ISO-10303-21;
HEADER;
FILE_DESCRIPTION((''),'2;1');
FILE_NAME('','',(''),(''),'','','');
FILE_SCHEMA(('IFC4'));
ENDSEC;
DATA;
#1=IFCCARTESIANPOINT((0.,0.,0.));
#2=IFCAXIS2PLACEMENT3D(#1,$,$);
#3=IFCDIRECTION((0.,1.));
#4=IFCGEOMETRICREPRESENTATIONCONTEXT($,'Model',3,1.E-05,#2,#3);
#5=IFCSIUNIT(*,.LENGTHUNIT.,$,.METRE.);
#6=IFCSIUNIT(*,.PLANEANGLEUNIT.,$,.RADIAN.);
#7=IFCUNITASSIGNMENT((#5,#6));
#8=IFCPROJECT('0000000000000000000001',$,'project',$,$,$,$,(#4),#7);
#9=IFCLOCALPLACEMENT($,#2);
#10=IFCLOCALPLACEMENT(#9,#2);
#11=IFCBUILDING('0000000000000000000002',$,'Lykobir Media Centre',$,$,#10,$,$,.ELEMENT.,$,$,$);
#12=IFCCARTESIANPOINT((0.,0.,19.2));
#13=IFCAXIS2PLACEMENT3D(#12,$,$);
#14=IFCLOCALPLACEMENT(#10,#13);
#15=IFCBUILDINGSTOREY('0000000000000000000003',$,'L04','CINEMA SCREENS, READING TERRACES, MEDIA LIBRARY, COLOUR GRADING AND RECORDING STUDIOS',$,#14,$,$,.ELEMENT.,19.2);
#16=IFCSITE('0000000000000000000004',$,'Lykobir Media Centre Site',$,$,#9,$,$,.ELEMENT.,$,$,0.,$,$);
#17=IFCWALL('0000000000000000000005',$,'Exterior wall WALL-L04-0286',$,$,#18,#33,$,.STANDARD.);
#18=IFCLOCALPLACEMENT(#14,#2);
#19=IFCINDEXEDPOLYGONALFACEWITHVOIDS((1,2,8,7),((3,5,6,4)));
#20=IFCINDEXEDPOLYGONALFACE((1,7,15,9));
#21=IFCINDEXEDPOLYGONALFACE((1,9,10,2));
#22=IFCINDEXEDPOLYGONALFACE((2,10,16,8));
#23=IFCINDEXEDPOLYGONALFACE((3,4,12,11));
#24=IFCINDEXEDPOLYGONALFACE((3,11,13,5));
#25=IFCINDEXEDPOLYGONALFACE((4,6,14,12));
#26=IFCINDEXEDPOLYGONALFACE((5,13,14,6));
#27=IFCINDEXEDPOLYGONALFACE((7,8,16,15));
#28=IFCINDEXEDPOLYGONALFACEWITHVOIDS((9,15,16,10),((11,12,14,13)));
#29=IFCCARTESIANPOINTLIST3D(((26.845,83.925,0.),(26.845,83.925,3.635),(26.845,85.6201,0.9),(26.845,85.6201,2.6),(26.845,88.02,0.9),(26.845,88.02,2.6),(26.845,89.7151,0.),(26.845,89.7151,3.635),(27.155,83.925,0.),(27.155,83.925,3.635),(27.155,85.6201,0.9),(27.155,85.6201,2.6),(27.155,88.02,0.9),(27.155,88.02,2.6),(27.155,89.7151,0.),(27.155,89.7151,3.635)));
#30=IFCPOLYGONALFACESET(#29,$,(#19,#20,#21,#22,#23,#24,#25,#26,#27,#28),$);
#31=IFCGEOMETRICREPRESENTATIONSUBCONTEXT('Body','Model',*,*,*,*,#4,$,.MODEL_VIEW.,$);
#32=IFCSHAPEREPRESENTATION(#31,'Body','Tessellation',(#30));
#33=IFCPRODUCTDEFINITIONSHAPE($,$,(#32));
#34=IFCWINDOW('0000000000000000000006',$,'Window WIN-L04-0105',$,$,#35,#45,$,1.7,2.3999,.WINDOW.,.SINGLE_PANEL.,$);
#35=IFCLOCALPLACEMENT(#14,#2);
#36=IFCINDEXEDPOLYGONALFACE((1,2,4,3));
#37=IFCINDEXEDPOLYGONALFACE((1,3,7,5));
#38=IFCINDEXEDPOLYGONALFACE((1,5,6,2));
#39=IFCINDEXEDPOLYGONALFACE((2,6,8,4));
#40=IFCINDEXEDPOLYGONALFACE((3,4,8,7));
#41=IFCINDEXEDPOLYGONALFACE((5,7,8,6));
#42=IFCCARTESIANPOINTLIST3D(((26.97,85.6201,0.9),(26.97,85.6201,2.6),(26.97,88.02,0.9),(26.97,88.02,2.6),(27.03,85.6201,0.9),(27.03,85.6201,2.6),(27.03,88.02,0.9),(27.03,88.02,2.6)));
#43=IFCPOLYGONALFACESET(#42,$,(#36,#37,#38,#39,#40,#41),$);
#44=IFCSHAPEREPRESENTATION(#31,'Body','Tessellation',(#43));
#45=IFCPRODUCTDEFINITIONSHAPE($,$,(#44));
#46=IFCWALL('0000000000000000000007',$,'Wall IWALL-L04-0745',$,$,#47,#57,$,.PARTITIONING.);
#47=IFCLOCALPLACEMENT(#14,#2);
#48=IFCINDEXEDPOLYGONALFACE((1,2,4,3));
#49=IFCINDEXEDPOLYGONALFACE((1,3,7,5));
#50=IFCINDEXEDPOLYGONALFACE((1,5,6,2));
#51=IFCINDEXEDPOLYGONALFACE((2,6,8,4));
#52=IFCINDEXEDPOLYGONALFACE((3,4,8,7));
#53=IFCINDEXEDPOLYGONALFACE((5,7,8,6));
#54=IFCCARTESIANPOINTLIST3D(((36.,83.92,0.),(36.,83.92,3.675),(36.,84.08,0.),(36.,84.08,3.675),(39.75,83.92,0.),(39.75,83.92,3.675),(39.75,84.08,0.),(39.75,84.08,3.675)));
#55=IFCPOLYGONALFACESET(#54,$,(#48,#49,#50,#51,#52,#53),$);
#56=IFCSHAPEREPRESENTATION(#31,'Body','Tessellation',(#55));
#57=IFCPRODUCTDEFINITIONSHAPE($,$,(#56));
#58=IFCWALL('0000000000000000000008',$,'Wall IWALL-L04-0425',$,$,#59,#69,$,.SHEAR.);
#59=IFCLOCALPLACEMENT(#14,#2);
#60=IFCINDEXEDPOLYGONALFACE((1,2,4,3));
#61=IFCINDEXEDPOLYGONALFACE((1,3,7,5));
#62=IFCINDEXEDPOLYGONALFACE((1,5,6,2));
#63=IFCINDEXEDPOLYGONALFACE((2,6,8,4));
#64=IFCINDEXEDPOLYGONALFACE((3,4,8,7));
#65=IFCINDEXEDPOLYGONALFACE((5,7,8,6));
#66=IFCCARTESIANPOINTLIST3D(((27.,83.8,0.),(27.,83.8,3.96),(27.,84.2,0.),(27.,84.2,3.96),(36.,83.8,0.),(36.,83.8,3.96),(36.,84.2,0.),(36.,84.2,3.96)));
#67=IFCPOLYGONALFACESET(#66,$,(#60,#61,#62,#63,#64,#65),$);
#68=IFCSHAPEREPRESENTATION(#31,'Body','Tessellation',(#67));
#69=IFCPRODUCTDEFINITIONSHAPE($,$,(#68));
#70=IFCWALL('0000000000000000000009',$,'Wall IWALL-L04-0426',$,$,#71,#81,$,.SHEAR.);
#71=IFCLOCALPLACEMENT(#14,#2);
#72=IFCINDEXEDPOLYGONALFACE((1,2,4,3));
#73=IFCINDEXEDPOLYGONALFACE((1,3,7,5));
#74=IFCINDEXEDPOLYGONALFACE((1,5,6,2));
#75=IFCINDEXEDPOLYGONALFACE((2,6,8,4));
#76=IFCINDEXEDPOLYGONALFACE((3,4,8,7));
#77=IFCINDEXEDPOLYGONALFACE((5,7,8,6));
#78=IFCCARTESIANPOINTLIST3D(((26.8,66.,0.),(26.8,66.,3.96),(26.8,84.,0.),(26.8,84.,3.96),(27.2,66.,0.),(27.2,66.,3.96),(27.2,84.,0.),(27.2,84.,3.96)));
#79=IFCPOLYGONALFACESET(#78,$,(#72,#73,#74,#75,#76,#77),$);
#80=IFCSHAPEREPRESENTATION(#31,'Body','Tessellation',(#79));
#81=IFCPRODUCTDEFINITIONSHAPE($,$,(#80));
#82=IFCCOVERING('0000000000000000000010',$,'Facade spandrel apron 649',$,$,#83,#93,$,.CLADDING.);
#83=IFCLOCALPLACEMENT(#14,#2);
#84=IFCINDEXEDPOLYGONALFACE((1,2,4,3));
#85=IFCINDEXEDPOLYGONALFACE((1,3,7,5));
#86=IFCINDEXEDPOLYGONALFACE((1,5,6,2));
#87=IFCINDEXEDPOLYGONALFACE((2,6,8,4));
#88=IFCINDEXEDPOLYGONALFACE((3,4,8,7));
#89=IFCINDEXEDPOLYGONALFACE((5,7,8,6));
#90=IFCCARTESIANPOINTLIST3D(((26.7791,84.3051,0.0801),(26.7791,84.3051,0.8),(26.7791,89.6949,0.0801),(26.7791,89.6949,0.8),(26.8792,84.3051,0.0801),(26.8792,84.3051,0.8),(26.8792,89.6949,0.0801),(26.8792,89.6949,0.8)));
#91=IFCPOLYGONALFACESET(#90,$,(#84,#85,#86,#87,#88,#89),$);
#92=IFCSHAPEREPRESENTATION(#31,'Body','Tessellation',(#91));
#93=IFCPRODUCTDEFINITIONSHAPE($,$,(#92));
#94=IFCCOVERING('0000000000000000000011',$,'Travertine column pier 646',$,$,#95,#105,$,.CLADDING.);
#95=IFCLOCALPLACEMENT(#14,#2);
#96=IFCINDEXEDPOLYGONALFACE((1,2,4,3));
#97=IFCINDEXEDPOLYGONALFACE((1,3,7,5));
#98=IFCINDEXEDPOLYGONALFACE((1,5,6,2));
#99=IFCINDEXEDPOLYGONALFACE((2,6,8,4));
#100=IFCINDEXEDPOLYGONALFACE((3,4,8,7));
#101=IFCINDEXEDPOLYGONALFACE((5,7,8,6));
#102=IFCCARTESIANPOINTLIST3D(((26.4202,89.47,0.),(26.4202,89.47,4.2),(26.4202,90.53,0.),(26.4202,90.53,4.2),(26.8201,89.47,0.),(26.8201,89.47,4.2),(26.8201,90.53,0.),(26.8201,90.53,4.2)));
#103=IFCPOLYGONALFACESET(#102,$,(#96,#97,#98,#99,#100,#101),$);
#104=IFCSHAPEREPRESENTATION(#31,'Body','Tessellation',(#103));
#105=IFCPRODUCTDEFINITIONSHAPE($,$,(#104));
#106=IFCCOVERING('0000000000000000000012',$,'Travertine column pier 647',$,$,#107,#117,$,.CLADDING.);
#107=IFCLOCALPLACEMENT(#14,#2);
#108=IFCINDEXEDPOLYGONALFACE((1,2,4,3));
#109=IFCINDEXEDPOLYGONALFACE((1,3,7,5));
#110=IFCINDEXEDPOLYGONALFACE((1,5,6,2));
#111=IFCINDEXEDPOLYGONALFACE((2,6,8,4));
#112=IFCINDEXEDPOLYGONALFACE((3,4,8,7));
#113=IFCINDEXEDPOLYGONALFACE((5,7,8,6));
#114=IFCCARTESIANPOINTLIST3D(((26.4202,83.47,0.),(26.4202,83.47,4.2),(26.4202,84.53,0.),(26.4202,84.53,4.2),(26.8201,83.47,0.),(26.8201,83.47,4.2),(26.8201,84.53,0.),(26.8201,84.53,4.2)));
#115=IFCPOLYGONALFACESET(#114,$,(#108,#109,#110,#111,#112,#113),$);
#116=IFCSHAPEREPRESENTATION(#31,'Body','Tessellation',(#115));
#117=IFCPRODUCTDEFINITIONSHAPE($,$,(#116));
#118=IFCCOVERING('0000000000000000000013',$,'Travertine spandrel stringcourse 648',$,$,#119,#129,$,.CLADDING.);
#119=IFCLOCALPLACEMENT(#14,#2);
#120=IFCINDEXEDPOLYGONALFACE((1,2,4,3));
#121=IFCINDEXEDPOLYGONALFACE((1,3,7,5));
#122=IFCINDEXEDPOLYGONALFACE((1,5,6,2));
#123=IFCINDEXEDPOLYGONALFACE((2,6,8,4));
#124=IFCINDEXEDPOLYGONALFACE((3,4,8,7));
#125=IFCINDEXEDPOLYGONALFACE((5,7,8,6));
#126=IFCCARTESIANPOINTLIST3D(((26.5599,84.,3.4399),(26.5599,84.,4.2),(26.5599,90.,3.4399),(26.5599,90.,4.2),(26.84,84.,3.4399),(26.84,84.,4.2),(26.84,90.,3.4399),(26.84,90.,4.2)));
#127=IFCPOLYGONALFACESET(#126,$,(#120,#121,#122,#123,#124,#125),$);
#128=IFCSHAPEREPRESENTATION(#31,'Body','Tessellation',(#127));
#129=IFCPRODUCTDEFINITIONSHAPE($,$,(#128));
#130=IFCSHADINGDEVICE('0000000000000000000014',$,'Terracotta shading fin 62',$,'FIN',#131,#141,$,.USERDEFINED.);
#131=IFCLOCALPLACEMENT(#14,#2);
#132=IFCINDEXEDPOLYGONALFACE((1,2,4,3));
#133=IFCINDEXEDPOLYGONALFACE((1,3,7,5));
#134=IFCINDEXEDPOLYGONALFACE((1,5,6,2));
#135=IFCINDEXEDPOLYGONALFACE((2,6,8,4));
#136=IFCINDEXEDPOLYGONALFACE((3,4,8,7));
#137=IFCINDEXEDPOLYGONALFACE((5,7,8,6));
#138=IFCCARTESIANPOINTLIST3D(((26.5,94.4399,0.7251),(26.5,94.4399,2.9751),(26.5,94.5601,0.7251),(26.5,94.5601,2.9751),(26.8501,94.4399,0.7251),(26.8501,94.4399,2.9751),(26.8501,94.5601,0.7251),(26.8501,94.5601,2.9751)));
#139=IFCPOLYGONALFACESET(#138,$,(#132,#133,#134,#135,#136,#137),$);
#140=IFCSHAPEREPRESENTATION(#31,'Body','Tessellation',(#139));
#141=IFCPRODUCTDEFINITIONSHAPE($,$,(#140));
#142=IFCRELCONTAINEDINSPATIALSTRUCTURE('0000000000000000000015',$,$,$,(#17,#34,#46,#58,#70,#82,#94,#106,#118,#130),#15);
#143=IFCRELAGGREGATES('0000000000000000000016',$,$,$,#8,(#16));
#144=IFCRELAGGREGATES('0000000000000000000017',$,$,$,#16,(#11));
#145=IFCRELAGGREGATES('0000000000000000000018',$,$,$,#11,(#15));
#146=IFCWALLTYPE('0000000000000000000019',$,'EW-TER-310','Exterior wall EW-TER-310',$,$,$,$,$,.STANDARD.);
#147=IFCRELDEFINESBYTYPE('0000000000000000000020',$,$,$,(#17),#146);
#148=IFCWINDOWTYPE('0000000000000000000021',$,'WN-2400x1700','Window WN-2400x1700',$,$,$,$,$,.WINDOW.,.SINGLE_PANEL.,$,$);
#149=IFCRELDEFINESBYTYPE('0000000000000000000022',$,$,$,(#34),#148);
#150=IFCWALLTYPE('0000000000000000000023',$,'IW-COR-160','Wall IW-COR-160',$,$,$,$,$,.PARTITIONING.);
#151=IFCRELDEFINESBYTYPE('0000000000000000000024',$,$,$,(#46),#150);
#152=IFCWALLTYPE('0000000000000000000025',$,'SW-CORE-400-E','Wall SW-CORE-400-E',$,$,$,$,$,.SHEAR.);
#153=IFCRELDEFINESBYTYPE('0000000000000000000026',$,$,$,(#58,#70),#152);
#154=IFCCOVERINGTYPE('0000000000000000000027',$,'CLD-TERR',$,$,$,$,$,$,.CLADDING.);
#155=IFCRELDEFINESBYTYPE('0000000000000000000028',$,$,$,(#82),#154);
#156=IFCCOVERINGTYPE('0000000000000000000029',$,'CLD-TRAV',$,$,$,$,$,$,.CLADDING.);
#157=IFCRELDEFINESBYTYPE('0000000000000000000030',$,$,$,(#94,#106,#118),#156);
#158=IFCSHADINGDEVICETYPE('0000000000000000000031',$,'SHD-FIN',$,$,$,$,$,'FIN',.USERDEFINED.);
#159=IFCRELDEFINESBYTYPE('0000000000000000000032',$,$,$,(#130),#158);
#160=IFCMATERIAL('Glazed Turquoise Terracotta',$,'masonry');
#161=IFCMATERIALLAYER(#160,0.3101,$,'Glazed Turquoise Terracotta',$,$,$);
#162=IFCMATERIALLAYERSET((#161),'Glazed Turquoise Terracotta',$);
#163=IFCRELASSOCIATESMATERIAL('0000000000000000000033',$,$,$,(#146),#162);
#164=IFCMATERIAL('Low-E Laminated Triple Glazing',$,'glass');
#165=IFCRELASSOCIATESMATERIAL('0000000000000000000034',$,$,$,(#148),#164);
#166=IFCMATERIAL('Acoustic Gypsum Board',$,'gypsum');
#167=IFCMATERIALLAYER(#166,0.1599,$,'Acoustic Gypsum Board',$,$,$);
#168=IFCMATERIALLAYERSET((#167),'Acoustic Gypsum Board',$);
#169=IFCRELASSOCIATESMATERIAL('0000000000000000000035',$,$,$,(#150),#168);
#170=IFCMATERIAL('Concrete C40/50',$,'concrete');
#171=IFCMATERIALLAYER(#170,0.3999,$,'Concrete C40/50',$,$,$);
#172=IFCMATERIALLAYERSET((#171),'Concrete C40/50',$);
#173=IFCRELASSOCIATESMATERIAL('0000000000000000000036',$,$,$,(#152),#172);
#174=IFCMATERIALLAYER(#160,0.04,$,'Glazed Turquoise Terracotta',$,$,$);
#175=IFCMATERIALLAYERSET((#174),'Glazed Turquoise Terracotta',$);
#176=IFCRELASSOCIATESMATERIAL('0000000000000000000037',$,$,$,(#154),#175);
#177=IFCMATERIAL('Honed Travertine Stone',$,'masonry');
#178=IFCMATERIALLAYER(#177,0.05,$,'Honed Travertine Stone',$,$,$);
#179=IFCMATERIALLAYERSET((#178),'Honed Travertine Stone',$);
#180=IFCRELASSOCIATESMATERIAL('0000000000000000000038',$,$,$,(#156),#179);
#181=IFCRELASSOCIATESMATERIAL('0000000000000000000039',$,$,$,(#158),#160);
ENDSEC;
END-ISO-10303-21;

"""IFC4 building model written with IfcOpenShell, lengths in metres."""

from ifc_helpers import new_model, si_unit, direction, frame, frame_2d, origin, origin_2d, place, context, subcontext, project, spatial, rectangle, extrude, material, layer, layer_set, type_object, element, fill, save


model = new_model("IFC4")

# Units and contexts
model_context = context("Model", 3, precision=1e-05, world=origin(), true_north=direction((0.0, 1.0)))
body_context = subcontext(model_context, "Body", "Model", "MODEL_VIEW")
ifc_project = project(units=[si_unit("LENGTHUNIT", "METRE"), si_unit("PLANEANGLEUNIT", "RADIAN")], contexts=[model_context])

# Site, building, storey
site_placement = place(None, origin())
site = spatial("IfcSite", under=ifc_project, at=site_placement, Name="Lykobir Media Centre Site", CompositionType="ELEMENT", RefElevation=0.0)
building_placement = place(site_placement, origin())
building = spatial("IfcBuilding", under=site, at=building_placement, Name="Lykobir Media Centre", CompositionType="ELEMENT")
storey_placement = place(building_placement, frame((0.0, 0.0, 19.2)))
storey = spatial("IfcBuildingStorey", under=building, at=storey_placement, Name="L04", Description="CINEMA SCREENS, READING TERRACES, MEDIA LIBRARY, COLOUR GRADING AND RECORDING STUDIOS", CompositionType="ELEMENT", Elevation=19.2)

# Shared definitions
ifc_material_1 = material(Name="Concrete C40/50", Category="concrete")

# Wall, opening, window
ifc_material_2 = material(Name="Glazed Turquoise Terracotta", Category="masonry")
ifc_layer_1 = layer(ifc_material_2, 0.3101, Name="Glazed Turquoise Terracotta")
ifc_layer_set_1 = layer_set([ifc_layer_1], Name="Glazed Turquoise Terracotta")
wall_type_1 = type_object("IfcWallType", Name="EW-TER-310", Description="Exterior wall EW-TER-310", PredefinedType="STANDARD", material=ifc_layer_set_1)
wall_1_placement = place(storey_placement, frame((27.0, 89.7151, 0.0), z_axis=(0.0, 0.0, 1.0), x_axis=(0.0, -1.0, 0.0)))
wall_1 = element("IfcWall", 1, at=wall_1_placement, inside=storey, type_object=wall_type_1, Name="Exterior wall WALL-L04-0286", PredefinedType="STANDARD", context=body_context, shape_type="SweptSolid", body=[
    extrude(rectangle(XDim=5.79, YDim=0.3101, at=frame_2d((2.895, 0.0))), origin(), (0.0, 0.0, 1.0), 3.635),
])
opening_placement = place(wall_1_placement, frame((1.6951, 0.0, 0.8999)))
opening = element("IfcOpeningElement", 2, at=opening_placement, cuts=wall_1, PredefinedType="OPENING", context=body_context, shape_type="SweptSolid", body=[
    extrude(rectangle(XDim=2.3999, YDim=1.7, at=frame_2d((1.2, 0.8501))), frame((0.0, 0.165, 0.0), z_axis=(0.0, -1.0, 0.0), x_axis=(1.0, 0.0, 0.0)), (0.0, 0.0, 1.0), 0.3301),
])
ifc_material_3 = material(Name="Low-E Laminated Triple Glazing", Category="glass")
window_type = type_object("IfcWindowType", Name="WN-2400x1700", Description="Window WN-2400x1700", PartitioningType="SINGLE_PANEL", PredefinedType="WINDOW", material=ifc_material_3)
window_placement = place(opening_placement, origin())
window = element("IfcWindow", 3, at=window_placement, inside=storey, type_object=window_type, Name="Window WIN-L04-0105", OverallHeight=1.7, OverallWidth=2.3999, PartitioningType="SINGLE_PANEL", PredefinedType="WINDOW", context=body_context, shape_type="SweptSolid", body=[
    extrude(rectangle(XDim=2.3999, YDim=1.7, at=frame_2d((1.2, 0.8501))), frame((0.0, 0.03, 0.0), z_axis=(0.0, -1.0, 0.0), x_axis=(1.0, 0.0, 0.0)), (0.0, 0.0, 1.0), 0.0601),
])
fill(opening, window)

# Walls
ifc_material_4 = material(Name="Acoustic Gypsum Board", Category="gypsum")
ifc_layer_2 = layer(ifc_material_4, 0.1599, Name="Acoustic Gypsum Board")
ifc_layer_set_2 = layer_set([ifc_layer_2], Name="Acoustic Gypsum Board")
wall_type_2 = type_object("IfcWallType", Name="IW-COR-160", Description="Wall IW-COR-160", PredefinedType="PARTITIONING", material=ifc_layer_set_2)
wall_2_placement = place(storey_placement, frame((36.0, 84.0, 0.0), z_axis=(0.0, 0.0, 1.0), x_axis=(1.0, 0.0, 0.0)))
element("IfcWall", 4, at=wall_2_placement, inside=storey, type_object=wall_type_2, Name="Wall IWALL-L04-0745", PredefinedType="PARTITIONING", context=body_context, shape_type="SweptSolid", body=[
    extrude(rectangle(XDim=3.75, YDim=0.1599, at=frame_2d((1.875, 0.0))), origin(), (0.0, 0.0, 1.0), 3.675),
])
ifc_layer_3 = layer(ifc_material_1, 0.3999, Name="Concrete C40/50")
ifc_layer_set_3 = layer_set([ifc_layer_3], Name="Concrete C40/50")
wall_type_3 = type_object("IfcWallType", Name="SW-CORE-400-E", Description="Wall SW-CORE-400-E", PredefinedType="SHEAR", material=ifc_layer_set_3)
wall_3_placement = place(storey_placement, frame((36.0, 84.0, 0.0), z_axis=(0.0, 0.0, 1.0), x_axis=(-1.0, 0.0, 0.0)))
element("IfcWall", 5, at=wall_3_placement, inside=storey, type_object=wall_type_3, Name="Wall IWALL-L04-0425", PredefinedType="SHEAR", context=body_context, shape_type="SweptSolid", body=[
    extrude(rectangle(XDim=9.0, YDim=0.3999, at=frame_2d((4.5, 0.0))), origin(), (0.0, 0.0, 1.0), 3.96),
])
wall_4_placement = place(storey_placement, frame((27.0, 84.0, 0.0), z_axis=(0.0, 0.0, 1.0), x_axis=(0.0, -1.0, 0.0)))
element("IfcWall", 6, at=wall_4_placement, inside=storey, type_object=wall_type_3, Name="Wall IWALL-L04-0426", PredefinedType="SHEAR", context=body_context, shape_type="SweptSolid", body=[
    extrude(rectangle(XDim=18.0, YDim=0.3999, at=frame_2d((9.0, 0.0))), origin(), (0.0, 0.0, 1.0), 3.96),
])

# Coverings
ifc_layer_4 = layer(ifc_material_2, 0.04, Name="Glazed Turquoise Terracotta")
ifc_layer_set_4 = layer_set([ifc_layer_4], Name="Glazed Turquoise Terracotta")
covering_type_1 = type_object("IfcCoveringType", Name="CLD-TERR", PredefinedType="CLADDING", material=ifc_layer_set_4)
covering_1_placement = place(storey_placement, frame((26.8291, 87.0, 0.0801), z_axis=(0.0, 0.0, 1.0), x_axis=(0.0, -1.0, 0.0)))
element("IfcCovering", 7, at=covering_1_placement, inside=storey, type_object=covering_type_1, Name="Facade spandrel apron 649", PredefinedType="CLADDING", context=body_context, shape_type="SweptSolid", body=[
    extrude(rectangle(XDim=5.3899, YDim=0.1001, at=origin_2d()), origin(), (0.0, 0.0, 1.0), 0.72),
])
ifc_material_5 = material(Name="Honed Travertine Stone", Category="masonry")
ifc_layer_5 = layer(ifc_material_5, 0.05, Name="Honed Travertine Stone")
ifc_layer_set_5 = layer_set([ifc_layer_5], Name="Honed Travertine Stone")
covering_type_2 = type_object("IfcCoveringType", Name="CLD-TRAV", PredefinedType="CLADDING", material=ifc_layer_set_5)
for number, where, z_axis, x_axis, name in (
    (8, (26.6201, 90.0, 0.0), (0.0, 0.0, 1.0), (0.0, -1.0, 0.0), "Travertine column pier 646"),
    (9, (26.6201, 84.0, 0.0), (0.0, 0.0, 1.0), (0.0, -1.0, 0.0), "Travertine column pier 647"),
):
    element("IfcCovering", number, at=place(storey_placement, frame(where, z_axis=z_axis, x_axis=x_axis)), inside=storey, type_object=covering_type_2, Name=name, PredefinedType="CLADDING", context=body_context, shape_type="SweptSolid", body=[
        extrude(rectangle(XDim=1.0601, YDim=0.3999, at=origin_2d()), origin(), (0.0, 0.0, 1.0), 4.2),
    ])
covering_2_placement = place(storey_placement, frame((26.7, 87.0, 3.4399), z_axis=(0.0, 0.0, 1.0), x_axis=(0.0, -1.0, 0.0)))
element("IfcCovering", 10, at=covering_2_placement, inside=storey, type_object=covering_type_2, Name="Travertine spandrel stringcourse 648", PredefinedType="CLADDING", context=body_context, shape_type="SweptSolid", body=[
    extrude(rectangle(XDim=6.0, YDim=0.28, at=origin_2d()), origin(), (0.0, 0.0, 1.0), 0.76),
])

# Shading device
shading_device_type = type_object("IfcShadingDeviceType", Name="SHD-FIN", ElementType="FIN", PredefinedType="USERDEFINED", material=ifc_material_2)
shading_device_placement = place(storey_placement, frame((26.675, 94.5, 0.7251), z_axis=(0.0, 0.0, 1.0), x_axis=(0.0, -1.0, 0.0)))
element("IfcShadingDevice", 11, at=shading_device_placement, inside=storey, type_object=shading_device_type, Name="Terracotta shading fin 62", ObjectType="FIN", PredefinedType="USERDEFINED", context=body_context, shape_type="SweptSolid", body=[
    extrude(rectangle(XDim=0.1201, YDim=0.3501, at=origin_2d()), origin(), (0.0, 0.0, 1.0), 2.25),
])

save(model, "model.ifc")
